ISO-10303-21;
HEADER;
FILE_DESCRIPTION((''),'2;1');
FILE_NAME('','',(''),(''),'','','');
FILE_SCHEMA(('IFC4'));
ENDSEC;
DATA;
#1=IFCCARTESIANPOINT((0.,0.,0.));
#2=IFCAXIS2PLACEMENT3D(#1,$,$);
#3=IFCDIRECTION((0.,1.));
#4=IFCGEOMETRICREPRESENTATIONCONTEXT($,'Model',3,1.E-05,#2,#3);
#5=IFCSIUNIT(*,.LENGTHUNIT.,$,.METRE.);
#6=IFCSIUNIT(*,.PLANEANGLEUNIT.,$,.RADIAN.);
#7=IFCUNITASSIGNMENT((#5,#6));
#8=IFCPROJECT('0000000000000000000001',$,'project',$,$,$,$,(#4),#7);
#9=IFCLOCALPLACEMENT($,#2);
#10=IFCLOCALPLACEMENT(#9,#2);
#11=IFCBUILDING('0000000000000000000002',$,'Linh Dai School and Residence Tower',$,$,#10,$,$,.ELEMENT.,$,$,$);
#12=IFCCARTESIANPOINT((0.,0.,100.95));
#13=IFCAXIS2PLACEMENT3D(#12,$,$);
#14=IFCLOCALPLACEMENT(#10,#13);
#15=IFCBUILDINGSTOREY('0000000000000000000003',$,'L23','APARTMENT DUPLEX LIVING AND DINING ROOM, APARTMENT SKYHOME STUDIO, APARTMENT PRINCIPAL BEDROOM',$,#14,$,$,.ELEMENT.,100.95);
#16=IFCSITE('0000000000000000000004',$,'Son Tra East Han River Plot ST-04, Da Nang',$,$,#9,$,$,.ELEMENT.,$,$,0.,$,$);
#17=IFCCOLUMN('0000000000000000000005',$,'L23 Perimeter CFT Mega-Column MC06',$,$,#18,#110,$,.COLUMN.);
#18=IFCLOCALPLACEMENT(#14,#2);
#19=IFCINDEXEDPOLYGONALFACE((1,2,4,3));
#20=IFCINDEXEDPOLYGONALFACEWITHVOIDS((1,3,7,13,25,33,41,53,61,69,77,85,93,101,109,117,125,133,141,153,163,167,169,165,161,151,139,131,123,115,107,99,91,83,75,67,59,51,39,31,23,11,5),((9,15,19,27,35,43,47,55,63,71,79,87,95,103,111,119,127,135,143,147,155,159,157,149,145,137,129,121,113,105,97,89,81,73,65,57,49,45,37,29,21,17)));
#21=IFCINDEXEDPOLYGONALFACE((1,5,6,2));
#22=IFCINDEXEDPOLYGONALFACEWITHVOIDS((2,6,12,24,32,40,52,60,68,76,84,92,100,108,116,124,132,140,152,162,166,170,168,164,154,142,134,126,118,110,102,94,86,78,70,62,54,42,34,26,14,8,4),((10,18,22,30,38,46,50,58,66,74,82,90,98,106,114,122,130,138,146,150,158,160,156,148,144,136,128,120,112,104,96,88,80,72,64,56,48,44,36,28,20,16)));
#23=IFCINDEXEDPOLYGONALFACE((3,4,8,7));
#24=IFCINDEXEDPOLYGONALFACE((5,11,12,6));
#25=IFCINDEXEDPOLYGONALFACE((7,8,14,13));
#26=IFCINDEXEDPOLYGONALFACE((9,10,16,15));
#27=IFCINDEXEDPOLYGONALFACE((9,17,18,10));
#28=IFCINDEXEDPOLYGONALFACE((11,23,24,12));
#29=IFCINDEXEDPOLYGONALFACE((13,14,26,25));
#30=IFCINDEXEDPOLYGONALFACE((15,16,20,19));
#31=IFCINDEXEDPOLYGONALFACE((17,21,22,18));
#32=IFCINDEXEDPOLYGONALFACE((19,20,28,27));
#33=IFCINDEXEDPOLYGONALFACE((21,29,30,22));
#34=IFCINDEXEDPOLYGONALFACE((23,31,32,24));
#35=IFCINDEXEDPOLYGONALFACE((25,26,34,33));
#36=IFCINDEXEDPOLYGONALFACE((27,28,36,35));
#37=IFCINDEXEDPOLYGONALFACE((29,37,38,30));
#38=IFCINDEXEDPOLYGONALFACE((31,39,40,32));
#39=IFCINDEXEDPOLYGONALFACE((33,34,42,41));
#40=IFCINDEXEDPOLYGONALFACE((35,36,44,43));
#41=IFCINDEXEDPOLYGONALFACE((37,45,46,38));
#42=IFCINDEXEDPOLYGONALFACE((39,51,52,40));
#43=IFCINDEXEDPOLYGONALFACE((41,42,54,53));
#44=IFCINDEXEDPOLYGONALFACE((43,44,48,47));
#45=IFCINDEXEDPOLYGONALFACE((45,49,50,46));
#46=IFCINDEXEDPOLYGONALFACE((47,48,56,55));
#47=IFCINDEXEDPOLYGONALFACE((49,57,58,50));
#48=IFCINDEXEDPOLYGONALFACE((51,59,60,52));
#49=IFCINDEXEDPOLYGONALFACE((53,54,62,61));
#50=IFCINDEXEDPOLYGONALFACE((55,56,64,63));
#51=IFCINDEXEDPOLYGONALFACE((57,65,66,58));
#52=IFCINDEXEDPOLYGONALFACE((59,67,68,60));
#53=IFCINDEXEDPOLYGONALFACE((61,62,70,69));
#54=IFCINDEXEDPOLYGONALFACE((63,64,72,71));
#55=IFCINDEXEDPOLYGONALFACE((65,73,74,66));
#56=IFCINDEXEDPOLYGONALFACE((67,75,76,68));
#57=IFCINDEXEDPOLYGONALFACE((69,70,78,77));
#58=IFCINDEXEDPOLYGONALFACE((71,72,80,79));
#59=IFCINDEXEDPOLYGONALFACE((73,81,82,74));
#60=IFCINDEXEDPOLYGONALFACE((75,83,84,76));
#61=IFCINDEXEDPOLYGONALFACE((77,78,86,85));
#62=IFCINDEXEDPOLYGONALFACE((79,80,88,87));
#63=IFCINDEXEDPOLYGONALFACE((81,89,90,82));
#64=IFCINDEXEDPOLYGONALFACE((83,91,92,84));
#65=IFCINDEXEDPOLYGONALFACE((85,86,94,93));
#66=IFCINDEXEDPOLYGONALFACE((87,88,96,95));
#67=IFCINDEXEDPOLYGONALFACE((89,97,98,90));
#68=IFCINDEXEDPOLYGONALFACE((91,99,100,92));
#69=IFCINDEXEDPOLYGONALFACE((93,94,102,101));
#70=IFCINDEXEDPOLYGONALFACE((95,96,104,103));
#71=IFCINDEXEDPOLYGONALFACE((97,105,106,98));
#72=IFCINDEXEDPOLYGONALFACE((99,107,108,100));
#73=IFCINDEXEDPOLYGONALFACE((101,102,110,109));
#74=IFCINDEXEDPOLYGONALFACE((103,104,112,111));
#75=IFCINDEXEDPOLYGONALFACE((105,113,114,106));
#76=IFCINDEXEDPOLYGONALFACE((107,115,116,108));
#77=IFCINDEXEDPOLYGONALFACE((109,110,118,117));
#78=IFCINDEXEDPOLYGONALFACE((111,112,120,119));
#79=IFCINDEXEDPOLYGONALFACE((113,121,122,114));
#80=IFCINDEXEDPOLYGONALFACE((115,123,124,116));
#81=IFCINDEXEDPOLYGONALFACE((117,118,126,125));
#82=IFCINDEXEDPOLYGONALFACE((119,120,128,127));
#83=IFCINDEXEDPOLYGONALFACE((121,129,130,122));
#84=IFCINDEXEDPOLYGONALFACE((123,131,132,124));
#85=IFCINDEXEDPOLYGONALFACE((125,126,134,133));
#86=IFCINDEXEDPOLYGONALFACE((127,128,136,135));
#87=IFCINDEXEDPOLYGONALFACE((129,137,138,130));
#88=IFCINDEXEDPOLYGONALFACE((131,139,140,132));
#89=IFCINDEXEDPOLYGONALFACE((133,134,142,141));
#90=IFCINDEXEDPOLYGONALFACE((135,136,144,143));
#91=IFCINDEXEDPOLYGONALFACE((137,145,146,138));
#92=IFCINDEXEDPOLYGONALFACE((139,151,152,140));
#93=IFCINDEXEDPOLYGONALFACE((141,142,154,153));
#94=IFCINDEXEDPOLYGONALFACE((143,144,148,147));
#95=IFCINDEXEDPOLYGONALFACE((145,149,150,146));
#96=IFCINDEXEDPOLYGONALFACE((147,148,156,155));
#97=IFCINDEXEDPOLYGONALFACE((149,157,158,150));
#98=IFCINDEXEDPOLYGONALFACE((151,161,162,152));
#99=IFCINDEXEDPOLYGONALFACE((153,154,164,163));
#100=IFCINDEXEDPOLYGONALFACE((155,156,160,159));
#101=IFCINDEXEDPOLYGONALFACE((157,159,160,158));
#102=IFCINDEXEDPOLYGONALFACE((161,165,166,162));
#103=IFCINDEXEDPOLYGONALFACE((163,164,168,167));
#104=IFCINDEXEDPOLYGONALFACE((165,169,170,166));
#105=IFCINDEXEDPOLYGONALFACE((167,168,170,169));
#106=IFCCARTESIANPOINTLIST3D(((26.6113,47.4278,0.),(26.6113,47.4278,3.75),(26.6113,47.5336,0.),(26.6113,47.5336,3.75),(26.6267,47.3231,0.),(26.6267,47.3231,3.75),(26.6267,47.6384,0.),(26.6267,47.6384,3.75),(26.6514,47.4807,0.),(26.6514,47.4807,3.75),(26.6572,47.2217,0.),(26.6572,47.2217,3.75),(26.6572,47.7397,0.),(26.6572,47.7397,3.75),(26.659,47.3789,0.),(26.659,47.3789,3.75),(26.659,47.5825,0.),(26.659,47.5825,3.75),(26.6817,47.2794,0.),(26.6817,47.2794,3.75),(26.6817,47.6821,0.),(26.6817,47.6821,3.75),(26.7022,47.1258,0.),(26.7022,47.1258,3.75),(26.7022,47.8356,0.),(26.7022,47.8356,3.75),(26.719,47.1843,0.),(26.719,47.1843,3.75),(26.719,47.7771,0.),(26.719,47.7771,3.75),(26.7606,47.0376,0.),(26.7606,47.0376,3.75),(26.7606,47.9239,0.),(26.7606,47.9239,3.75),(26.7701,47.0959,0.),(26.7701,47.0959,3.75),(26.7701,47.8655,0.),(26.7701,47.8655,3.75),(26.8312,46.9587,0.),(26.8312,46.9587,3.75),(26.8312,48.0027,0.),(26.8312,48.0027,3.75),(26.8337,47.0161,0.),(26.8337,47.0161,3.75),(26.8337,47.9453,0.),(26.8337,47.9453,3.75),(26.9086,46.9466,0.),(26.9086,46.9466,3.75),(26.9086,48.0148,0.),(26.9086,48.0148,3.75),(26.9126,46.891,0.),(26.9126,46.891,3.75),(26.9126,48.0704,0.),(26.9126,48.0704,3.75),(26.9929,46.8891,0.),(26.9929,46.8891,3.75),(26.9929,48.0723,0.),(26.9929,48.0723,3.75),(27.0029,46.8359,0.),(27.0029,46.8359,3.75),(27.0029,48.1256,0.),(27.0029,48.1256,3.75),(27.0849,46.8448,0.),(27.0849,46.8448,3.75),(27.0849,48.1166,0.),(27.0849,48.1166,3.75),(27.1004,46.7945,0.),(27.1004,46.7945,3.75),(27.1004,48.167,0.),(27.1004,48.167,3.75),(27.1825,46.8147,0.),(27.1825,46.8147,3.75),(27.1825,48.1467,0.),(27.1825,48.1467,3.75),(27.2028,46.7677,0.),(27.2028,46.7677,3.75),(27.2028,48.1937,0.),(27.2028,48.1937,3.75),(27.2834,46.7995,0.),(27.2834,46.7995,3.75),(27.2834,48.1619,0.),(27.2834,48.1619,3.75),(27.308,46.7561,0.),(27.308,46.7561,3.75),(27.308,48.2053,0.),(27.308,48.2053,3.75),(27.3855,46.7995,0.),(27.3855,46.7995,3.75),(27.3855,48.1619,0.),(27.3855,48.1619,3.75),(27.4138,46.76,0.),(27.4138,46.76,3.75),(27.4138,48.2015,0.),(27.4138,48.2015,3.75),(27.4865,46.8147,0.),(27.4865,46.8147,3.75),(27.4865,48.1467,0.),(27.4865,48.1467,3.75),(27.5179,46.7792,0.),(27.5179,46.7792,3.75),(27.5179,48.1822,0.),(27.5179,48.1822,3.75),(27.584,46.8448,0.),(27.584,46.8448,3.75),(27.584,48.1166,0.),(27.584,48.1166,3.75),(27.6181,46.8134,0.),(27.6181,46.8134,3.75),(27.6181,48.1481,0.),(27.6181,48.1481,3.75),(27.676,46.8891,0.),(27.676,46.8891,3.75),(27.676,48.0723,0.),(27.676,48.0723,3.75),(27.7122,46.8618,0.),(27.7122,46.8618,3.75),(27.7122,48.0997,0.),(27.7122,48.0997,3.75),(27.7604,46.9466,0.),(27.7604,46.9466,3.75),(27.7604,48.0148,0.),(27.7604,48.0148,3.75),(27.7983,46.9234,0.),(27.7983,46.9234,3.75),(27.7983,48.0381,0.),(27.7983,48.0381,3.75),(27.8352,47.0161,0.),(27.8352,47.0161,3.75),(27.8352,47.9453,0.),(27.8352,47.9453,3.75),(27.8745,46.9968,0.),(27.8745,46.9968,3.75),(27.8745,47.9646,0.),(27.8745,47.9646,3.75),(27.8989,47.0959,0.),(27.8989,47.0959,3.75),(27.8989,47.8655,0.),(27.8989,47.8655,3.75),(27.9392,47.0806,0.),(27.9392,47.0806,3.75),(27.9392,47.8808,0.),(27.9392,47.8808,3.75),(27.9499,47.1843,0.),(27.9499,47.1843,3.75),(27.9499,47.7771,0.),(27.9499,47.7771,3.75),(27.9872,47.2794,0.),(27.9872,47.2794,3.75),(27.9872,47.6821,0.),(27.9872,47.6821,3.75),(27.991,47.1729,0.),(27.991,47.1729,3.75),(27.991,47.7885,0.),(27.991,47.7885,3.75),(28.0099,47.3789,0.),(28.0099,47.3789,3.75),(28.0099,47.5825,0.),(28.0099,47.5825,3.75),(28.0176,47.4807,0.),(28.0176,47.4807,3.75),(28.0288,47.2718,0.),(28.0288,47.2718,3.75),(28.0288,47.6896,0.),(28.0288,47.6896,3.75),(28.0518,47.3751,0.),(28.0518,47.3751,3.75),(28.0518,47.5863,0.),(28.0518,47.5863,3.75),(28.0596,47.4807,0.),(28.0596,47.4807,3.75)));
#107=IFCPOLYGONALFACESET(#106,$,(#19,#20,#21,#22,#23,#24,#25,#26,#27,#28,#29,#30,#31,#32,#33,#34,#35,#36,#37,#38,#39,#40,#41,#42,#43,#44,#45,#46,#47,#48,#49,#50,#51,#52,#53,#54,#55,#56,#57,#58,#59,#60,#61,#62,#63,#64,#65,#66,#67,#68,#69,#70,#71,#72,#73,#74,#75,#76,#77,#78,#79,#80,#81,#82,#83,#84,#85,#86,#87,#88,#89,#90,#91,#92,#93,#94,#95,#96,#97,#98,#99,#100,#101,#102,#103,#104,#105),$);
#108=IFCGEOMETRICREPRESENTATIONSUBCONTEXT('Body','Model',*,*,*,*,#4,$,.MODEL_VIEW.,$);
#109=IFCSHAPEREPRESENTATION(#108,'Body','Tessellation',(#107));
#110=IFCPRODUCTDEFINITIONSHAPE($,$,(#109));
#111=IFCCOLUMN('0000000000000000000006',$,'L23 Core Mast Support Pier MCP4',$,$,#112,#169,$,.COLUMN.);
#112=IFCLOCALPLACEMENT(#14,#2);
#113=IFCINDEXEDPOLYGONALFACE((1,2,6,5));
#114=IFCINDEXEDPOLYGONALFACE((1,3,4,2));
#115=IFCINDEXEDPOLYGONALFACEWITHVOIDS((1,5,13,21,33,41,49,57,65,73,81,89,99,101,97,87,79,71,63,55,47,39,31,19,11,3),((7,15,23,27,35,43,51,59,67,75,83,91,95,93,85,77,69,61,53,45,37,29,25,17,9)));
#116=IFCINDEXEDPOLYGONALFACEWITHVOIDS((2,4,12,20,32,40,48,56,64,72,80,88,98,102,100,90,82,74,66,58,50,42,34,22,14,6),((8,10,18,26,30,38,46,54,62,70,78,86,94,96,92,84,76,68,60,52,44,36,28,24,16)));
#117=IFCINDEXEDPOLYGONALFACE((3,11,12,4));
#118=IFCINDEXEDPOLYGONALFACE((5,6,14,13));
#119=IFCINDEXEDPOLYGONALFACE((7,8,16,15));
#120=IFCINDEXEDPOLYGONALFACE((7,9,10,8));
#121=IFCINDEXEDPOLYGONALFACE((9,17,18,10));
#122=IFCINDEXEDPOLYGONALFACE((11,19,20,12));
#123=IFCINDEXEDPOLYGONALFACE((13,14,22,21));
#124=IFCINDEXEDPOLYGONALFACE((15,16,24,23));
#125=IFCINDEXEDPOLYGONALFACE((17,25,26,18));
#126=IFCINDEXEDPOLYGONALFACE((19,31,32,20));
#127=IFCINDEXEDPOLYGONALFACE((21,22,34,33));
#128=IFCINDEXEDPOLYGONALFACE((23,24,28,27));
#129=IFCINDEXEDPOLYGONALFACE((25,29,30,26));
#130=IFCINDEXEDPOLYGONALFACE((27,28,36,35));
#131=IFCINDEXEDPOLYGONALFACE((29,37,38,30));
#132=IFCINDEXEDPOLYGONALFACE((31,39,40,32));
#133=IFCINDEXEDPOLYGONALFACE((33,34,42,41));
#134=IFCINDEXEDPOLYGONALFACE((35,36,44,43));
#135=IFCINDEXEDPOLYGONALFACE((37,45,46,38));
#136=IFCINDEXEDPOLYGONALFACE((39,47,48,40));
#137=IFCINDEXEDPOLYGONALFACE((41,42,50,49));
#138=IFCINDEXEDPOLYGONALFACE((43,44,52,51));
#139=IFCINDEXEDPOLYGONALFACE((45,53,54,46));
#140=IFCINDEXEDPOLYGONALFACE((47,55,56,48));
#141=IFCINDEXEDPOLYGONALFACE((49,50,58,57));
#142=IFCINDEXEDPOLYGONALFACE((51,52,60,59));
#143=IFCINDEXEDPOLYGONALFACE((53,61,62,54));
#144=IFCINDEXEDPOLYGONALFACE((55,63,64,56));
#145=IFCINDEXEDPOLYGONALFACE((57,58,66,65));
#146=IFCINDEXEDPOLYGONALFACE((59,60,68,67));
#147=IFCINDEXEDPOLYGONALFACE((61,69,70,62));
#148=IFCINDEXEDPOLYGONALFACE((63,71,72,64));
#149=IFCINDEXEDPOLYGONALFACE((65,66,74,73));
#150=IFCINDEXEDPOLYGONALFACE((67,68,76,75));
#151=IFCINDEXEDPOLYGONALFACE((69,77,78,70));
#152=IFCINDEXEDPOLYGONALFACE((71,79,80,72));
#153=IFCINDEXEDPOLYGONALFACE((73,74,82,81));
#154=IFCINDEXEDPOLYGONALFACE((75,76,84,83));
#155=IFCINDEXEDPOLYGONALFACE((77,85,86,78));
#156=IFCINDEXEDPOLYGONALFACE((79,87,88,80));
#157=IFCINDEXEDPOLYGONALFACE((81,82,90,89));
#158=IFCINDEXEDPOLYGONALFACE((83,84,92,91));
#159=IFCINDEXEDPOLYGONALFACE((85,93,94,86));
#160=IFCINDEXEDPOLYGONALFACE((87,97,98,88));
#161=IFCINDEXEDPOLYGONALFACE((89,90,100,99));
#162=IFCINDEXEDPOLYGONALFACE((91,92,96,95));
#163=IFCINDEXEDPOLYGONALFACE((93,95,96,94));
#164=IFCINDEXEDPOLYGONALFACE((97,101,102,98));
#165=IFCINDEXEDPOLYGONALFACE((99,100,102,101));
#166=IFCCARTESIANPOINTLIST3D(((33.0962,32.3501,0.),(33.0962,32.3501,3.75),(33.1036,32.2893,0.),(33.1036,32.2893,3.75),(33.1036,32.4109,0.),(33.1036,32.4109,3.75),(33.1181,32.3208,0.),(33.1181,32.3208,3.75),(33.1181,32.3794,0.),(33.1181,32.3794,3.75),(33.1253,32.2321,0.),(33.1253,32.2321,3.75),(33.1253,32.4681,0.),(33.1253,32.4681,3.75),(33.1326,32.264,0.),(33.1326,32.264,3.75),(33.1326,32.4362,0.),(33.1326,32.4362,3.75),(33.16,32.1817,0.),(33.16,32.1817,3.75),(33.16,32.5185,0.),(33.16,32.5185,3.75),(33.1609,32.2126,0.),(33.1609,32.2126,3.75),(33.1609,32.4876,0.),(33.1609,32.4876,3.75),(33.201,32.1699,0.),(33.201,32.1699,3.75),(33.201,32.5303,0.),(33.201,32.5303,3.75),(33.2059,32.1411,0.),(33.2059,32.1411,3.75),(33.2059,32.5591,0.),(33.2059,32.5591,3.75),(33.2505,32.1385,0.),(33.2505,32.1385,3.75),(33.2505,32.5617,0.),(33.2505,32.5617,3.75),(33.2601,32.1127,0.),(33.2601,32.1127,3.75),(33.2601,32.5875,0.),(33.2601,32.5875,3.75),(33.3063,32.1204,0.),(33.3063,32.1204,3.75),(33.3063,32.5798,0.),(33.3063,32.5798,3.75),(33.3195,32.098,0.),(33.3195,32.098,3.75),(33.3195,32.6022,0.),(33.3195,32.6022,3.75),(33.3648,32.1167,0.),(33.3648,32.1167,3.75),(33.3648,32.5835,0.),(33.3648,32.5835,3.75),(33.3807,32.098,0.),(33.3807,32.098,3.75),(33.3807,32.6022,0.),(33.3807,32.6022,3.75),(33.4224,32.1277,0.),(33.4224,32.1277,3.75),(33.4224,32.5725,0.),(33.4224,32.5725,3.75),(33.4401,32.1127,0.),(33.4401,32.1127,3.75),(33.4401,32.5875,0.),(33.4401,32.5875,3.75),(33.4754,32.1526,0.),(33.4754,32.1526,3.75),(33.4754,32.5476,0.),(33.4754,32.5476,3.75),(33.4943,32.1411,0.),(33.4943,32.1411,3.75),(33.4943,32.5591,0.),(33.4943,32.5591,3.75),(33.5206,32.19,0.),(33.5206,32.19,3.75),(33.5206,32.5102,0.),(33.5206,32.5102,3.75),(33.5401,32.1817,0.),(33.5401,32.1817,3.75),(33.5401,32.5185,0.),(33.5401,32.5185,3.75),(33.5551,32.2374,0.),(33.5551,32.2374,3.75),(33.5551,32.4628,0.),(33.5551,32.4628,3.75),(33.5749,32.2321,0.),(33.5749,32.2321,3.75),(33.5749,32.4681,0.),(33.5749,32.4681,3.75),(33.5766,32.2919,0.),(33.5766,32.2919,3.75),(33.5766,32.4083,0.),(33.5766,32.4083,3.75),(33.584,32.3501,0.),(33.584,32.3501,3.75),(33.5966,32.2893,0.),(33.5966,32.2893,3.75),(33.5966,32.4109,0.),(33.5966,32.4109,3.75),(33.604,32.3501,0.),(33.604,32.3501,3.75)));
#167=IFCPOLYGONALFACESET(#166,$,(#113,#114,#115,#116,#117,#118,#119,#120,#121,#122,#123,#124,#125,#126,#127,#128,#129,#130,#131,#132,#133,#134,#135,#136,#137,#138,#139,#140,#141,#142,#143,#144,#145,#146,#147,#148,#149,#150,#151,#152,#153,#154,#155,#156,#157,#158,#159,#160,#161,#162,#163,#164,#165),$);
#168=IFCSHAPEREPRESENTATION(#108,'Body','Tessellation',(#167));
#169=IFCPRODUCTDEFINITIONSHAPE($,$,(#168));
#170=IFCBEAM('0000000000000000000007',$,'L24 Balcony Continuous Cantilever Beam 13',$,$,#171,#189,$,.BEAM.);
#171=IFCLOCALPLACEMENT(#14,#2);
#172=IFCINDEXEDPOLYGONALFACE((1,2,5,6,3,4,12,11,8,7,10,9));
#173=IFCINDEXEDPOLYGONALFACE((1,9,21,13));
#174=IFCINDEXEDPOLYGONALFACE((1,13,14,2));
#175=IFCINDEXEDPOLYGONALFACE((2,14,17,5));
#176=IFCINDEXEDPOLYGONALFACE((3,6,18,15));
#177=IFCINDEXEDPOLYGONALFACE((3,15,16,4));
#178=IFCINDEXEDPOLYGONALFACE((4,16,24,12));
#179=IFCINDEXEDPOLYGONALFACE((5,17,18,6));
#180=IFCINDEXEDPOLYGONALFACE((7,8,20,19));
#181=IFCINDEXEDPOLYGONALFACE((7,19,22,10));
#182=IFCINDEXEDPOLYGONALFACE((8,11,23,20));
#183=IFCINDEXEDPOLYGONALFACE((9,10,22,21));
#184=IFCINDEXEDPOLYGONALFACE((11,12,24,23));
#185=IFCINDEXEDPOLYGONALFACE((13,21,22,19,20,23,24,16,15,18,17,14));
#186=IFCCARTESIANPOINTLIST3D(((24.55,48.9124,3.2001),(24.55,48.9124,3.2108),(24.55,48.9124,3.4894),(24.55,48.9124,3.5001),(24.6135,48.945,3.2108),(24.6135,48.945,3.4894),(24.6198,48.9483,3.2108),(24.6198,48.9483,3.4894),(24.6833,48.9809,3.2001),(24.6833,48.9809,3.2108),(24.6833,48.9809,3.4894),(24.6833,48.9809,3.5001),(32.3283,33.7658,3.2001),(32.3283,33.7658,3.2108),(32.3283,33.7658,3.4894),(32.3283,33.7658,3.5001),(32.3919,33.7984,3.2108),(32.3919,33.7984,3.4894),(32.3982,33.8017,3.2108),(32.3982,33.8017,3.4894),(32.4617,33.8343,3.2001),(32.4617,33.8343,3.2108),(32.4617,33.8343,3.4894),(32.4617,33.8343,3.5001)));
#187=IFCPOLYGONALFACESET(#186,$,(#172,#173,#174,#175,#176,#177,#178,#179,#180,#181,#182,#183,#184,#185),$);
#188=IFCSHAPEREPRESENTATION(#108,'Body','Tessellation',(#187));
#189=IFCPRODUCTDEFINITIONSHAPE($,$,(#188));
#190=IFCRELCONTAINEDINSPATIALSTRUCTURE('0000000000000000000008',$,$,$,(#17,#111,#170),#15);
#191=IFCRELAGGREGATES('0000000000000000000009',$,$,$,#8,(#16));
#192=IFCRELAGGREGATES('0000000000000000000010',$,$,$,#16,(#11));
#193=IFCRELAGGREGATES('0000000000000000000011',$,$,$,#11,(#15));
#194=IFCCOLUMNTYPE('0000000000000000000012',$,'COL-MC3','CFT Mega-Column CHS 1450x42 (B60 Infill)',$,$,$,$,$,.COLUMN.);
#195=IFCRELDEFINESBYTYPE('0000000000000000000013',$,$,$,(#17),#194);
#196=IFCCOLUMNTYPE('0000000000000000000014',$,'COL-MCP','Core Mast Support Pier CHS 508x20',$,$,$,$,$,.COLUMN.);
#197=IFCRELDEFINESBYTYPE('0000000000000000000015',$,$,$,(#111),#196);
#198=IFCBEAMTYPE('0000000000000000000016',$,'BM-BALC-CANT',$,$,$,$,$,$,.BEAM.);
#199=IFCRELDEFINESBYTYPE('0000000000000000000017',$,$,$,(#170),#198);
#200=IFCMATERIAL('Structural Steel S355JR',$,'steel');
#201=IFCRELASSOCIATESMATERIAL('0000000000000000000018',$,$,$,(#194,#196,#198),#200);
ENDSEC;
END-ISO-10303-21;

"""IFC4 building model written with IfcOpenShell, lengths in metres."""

from ifc_helpers import new_model, si_unit, direction, frame, origin, origin_2d, place, context, subcontext, project, spatial, hollow_circle, i_section, extrude, material, material_profile, profile_set, type_object, element, save


model = new_model("IFC4")

# Units and contexts
model_context = context("Model", 3, precision=1e-05, world=origin(), true_north=direction((0.0, 1.0)))
body_context = subcontext(model_context, "Body", "Model", "MODEL_VIEW")
ifc_project = project(units=[si_unit("LENGTHUNIT", "METRE"), si_unit("PLANEANGLEUNIT", "RADIAN")], contexts=[model_context])

# Site, building, storey
site_placement = place(None, origin())
site = spatial("IfcSite", under=ifc_project, at=site_placement, Name="Son Tra East Han River Plot ST-04, Da Nang", CompositionType="ELEMENT", RefElevation=0.0)
building_placement = place(site_placement, origin())
building = spatial("IfcBuilding", under=site, at=building_placement, Name="Linh Dai School and Residence Tower", CompositionType="ELEMENT")
storey_placement = place(building_placement, frame((0.0, 0.0, 100.95)))
storey = spatial("IfcBuildingStorey", under=building, at=storey_placement, Name="L23", Description="APARTMENT DUPLEX LIVING AND DINING ROOM, APARTMENT SKYHOME STUDIO, APARTMENT PRINCIPAL BEDROOM", CompositionType="ELEMENT", Elevation=100.95)

# Columns
ifc_material_1 = material(Name="Structural Steel S355JR", Category="steel")
ifc_material_profile_1 = material_profile(ifc_material_1, hollow_circle(Radius=0.7251, WallThickness=0.042, at=origin_2d()), Name="CHS 1450x42")
ifc_profile_set_1 = profile_set([ifc_material_profile_1], Name="Structural Steel S355JR")
column_type_1 = type_object("IfcColumnType", Name="COL-MC3", Description="CFT Mega-Column CHS 1450x42 (B60 Infill)", PredefinedType="COLUMN", material=ifc_profile_set_1)
column_1_placement = place(storey_placement, frame((27.3345, 47.4807, 0.0), z_axis=(0.0, 0.0, 1.0), x_axis=(1.0, 0.0, 0.0)))
element("IfcColumn", 1, at=column_1_placement, inside=storey, type_object=column_type_1, Name="L23 Perimeter CFT Mega-Column MC06", PredefinedType="COLUMN", context=body_context, shape_type="SweptSolid", body=[
    extrude(hollow_circle(Radius=0.7251, WallThickness=0.042, at=origin_2d()), origin(), (0.0, 0.0, 1.0), 3.75),
])
ifc_material_profile_2 = material_profile(ifc_material_1, hollow_circle(Radius=0.2539, WallThickness=0.02, at=origin_2d()), Name="CHS 508x20")
ifc_profile_set_2 = profile_set([ifc_material_profile_2], Name="Structural Steel S355JR")
column_type_2 = type_object("IfcColumnType", Name="COL-MCP", Description="Core Mast Support Pier CHS 508x20", PredefinedType="COLUMN", material=ifc_profile_set_2)
column_2_placement = place(storey_placement, frame((33.3501, 32.3501, 0.0), z_axis=(0.0, 0.0, 1.0), x_axis=(1.0, 0.0, 0.0)))
element("IfcColumn", 2, at=column_2_placement, inside=storey, type_object=column_type_2, Name="L23 Core Mast Support Pier MCP4", PredefinedType="COLUMN", context=body_context, shape_type="SweptSolid", body=[
    extrude(hollow_circle(Radius=0.2539, WallThickness=0.02, at=origin_2d()), origin(), (0.0, 0.0, 1.0), 3.75),
])

# Beam
ifc_material_profile_3 = material_profile(ifc_material_1, i_section(OverallWidth=0.1499, OverallDepth=0.3, WebThickness=0.0071, FlangeThickness=0.0107, at=origin_2d()), Name="IPE 300")
ifc_profile_set_3 = profile_set([ifc_material_profile_3], Name="Structural Steel S355JR")
beam_type_1 = type_object("IfcBeamType", Name="BM-BALC-CANT", PredefinedType="BEAM", material=ifc_profile_set_3)
beam_1_placement = place(storey_placement, frame((32.395, 33.8, 3.3501), z_axis=(-0.456823, 0.889558, 0.0), x_axis=(-0.889558, -0.456823, 0.0)))
element("IfcBeam", 3, at=beam_1_placement, inside=storey, type_object=beam_type_1, Name="L24 Balcony Continuous Cantilever Beam 13", PredefinedType="BEAM", context=body_context, shape_type="SweptSolid", body=[
    extrude(i_section(OverallWidth=0.1499, OverallDepth=0.3, WebThickness=0.0071, FlangeThickness=0.0107, at=origin_2d()), origin(), (0.0, 0.0, 1.0), 17.0271),
])

save(model, "model.ifc")
